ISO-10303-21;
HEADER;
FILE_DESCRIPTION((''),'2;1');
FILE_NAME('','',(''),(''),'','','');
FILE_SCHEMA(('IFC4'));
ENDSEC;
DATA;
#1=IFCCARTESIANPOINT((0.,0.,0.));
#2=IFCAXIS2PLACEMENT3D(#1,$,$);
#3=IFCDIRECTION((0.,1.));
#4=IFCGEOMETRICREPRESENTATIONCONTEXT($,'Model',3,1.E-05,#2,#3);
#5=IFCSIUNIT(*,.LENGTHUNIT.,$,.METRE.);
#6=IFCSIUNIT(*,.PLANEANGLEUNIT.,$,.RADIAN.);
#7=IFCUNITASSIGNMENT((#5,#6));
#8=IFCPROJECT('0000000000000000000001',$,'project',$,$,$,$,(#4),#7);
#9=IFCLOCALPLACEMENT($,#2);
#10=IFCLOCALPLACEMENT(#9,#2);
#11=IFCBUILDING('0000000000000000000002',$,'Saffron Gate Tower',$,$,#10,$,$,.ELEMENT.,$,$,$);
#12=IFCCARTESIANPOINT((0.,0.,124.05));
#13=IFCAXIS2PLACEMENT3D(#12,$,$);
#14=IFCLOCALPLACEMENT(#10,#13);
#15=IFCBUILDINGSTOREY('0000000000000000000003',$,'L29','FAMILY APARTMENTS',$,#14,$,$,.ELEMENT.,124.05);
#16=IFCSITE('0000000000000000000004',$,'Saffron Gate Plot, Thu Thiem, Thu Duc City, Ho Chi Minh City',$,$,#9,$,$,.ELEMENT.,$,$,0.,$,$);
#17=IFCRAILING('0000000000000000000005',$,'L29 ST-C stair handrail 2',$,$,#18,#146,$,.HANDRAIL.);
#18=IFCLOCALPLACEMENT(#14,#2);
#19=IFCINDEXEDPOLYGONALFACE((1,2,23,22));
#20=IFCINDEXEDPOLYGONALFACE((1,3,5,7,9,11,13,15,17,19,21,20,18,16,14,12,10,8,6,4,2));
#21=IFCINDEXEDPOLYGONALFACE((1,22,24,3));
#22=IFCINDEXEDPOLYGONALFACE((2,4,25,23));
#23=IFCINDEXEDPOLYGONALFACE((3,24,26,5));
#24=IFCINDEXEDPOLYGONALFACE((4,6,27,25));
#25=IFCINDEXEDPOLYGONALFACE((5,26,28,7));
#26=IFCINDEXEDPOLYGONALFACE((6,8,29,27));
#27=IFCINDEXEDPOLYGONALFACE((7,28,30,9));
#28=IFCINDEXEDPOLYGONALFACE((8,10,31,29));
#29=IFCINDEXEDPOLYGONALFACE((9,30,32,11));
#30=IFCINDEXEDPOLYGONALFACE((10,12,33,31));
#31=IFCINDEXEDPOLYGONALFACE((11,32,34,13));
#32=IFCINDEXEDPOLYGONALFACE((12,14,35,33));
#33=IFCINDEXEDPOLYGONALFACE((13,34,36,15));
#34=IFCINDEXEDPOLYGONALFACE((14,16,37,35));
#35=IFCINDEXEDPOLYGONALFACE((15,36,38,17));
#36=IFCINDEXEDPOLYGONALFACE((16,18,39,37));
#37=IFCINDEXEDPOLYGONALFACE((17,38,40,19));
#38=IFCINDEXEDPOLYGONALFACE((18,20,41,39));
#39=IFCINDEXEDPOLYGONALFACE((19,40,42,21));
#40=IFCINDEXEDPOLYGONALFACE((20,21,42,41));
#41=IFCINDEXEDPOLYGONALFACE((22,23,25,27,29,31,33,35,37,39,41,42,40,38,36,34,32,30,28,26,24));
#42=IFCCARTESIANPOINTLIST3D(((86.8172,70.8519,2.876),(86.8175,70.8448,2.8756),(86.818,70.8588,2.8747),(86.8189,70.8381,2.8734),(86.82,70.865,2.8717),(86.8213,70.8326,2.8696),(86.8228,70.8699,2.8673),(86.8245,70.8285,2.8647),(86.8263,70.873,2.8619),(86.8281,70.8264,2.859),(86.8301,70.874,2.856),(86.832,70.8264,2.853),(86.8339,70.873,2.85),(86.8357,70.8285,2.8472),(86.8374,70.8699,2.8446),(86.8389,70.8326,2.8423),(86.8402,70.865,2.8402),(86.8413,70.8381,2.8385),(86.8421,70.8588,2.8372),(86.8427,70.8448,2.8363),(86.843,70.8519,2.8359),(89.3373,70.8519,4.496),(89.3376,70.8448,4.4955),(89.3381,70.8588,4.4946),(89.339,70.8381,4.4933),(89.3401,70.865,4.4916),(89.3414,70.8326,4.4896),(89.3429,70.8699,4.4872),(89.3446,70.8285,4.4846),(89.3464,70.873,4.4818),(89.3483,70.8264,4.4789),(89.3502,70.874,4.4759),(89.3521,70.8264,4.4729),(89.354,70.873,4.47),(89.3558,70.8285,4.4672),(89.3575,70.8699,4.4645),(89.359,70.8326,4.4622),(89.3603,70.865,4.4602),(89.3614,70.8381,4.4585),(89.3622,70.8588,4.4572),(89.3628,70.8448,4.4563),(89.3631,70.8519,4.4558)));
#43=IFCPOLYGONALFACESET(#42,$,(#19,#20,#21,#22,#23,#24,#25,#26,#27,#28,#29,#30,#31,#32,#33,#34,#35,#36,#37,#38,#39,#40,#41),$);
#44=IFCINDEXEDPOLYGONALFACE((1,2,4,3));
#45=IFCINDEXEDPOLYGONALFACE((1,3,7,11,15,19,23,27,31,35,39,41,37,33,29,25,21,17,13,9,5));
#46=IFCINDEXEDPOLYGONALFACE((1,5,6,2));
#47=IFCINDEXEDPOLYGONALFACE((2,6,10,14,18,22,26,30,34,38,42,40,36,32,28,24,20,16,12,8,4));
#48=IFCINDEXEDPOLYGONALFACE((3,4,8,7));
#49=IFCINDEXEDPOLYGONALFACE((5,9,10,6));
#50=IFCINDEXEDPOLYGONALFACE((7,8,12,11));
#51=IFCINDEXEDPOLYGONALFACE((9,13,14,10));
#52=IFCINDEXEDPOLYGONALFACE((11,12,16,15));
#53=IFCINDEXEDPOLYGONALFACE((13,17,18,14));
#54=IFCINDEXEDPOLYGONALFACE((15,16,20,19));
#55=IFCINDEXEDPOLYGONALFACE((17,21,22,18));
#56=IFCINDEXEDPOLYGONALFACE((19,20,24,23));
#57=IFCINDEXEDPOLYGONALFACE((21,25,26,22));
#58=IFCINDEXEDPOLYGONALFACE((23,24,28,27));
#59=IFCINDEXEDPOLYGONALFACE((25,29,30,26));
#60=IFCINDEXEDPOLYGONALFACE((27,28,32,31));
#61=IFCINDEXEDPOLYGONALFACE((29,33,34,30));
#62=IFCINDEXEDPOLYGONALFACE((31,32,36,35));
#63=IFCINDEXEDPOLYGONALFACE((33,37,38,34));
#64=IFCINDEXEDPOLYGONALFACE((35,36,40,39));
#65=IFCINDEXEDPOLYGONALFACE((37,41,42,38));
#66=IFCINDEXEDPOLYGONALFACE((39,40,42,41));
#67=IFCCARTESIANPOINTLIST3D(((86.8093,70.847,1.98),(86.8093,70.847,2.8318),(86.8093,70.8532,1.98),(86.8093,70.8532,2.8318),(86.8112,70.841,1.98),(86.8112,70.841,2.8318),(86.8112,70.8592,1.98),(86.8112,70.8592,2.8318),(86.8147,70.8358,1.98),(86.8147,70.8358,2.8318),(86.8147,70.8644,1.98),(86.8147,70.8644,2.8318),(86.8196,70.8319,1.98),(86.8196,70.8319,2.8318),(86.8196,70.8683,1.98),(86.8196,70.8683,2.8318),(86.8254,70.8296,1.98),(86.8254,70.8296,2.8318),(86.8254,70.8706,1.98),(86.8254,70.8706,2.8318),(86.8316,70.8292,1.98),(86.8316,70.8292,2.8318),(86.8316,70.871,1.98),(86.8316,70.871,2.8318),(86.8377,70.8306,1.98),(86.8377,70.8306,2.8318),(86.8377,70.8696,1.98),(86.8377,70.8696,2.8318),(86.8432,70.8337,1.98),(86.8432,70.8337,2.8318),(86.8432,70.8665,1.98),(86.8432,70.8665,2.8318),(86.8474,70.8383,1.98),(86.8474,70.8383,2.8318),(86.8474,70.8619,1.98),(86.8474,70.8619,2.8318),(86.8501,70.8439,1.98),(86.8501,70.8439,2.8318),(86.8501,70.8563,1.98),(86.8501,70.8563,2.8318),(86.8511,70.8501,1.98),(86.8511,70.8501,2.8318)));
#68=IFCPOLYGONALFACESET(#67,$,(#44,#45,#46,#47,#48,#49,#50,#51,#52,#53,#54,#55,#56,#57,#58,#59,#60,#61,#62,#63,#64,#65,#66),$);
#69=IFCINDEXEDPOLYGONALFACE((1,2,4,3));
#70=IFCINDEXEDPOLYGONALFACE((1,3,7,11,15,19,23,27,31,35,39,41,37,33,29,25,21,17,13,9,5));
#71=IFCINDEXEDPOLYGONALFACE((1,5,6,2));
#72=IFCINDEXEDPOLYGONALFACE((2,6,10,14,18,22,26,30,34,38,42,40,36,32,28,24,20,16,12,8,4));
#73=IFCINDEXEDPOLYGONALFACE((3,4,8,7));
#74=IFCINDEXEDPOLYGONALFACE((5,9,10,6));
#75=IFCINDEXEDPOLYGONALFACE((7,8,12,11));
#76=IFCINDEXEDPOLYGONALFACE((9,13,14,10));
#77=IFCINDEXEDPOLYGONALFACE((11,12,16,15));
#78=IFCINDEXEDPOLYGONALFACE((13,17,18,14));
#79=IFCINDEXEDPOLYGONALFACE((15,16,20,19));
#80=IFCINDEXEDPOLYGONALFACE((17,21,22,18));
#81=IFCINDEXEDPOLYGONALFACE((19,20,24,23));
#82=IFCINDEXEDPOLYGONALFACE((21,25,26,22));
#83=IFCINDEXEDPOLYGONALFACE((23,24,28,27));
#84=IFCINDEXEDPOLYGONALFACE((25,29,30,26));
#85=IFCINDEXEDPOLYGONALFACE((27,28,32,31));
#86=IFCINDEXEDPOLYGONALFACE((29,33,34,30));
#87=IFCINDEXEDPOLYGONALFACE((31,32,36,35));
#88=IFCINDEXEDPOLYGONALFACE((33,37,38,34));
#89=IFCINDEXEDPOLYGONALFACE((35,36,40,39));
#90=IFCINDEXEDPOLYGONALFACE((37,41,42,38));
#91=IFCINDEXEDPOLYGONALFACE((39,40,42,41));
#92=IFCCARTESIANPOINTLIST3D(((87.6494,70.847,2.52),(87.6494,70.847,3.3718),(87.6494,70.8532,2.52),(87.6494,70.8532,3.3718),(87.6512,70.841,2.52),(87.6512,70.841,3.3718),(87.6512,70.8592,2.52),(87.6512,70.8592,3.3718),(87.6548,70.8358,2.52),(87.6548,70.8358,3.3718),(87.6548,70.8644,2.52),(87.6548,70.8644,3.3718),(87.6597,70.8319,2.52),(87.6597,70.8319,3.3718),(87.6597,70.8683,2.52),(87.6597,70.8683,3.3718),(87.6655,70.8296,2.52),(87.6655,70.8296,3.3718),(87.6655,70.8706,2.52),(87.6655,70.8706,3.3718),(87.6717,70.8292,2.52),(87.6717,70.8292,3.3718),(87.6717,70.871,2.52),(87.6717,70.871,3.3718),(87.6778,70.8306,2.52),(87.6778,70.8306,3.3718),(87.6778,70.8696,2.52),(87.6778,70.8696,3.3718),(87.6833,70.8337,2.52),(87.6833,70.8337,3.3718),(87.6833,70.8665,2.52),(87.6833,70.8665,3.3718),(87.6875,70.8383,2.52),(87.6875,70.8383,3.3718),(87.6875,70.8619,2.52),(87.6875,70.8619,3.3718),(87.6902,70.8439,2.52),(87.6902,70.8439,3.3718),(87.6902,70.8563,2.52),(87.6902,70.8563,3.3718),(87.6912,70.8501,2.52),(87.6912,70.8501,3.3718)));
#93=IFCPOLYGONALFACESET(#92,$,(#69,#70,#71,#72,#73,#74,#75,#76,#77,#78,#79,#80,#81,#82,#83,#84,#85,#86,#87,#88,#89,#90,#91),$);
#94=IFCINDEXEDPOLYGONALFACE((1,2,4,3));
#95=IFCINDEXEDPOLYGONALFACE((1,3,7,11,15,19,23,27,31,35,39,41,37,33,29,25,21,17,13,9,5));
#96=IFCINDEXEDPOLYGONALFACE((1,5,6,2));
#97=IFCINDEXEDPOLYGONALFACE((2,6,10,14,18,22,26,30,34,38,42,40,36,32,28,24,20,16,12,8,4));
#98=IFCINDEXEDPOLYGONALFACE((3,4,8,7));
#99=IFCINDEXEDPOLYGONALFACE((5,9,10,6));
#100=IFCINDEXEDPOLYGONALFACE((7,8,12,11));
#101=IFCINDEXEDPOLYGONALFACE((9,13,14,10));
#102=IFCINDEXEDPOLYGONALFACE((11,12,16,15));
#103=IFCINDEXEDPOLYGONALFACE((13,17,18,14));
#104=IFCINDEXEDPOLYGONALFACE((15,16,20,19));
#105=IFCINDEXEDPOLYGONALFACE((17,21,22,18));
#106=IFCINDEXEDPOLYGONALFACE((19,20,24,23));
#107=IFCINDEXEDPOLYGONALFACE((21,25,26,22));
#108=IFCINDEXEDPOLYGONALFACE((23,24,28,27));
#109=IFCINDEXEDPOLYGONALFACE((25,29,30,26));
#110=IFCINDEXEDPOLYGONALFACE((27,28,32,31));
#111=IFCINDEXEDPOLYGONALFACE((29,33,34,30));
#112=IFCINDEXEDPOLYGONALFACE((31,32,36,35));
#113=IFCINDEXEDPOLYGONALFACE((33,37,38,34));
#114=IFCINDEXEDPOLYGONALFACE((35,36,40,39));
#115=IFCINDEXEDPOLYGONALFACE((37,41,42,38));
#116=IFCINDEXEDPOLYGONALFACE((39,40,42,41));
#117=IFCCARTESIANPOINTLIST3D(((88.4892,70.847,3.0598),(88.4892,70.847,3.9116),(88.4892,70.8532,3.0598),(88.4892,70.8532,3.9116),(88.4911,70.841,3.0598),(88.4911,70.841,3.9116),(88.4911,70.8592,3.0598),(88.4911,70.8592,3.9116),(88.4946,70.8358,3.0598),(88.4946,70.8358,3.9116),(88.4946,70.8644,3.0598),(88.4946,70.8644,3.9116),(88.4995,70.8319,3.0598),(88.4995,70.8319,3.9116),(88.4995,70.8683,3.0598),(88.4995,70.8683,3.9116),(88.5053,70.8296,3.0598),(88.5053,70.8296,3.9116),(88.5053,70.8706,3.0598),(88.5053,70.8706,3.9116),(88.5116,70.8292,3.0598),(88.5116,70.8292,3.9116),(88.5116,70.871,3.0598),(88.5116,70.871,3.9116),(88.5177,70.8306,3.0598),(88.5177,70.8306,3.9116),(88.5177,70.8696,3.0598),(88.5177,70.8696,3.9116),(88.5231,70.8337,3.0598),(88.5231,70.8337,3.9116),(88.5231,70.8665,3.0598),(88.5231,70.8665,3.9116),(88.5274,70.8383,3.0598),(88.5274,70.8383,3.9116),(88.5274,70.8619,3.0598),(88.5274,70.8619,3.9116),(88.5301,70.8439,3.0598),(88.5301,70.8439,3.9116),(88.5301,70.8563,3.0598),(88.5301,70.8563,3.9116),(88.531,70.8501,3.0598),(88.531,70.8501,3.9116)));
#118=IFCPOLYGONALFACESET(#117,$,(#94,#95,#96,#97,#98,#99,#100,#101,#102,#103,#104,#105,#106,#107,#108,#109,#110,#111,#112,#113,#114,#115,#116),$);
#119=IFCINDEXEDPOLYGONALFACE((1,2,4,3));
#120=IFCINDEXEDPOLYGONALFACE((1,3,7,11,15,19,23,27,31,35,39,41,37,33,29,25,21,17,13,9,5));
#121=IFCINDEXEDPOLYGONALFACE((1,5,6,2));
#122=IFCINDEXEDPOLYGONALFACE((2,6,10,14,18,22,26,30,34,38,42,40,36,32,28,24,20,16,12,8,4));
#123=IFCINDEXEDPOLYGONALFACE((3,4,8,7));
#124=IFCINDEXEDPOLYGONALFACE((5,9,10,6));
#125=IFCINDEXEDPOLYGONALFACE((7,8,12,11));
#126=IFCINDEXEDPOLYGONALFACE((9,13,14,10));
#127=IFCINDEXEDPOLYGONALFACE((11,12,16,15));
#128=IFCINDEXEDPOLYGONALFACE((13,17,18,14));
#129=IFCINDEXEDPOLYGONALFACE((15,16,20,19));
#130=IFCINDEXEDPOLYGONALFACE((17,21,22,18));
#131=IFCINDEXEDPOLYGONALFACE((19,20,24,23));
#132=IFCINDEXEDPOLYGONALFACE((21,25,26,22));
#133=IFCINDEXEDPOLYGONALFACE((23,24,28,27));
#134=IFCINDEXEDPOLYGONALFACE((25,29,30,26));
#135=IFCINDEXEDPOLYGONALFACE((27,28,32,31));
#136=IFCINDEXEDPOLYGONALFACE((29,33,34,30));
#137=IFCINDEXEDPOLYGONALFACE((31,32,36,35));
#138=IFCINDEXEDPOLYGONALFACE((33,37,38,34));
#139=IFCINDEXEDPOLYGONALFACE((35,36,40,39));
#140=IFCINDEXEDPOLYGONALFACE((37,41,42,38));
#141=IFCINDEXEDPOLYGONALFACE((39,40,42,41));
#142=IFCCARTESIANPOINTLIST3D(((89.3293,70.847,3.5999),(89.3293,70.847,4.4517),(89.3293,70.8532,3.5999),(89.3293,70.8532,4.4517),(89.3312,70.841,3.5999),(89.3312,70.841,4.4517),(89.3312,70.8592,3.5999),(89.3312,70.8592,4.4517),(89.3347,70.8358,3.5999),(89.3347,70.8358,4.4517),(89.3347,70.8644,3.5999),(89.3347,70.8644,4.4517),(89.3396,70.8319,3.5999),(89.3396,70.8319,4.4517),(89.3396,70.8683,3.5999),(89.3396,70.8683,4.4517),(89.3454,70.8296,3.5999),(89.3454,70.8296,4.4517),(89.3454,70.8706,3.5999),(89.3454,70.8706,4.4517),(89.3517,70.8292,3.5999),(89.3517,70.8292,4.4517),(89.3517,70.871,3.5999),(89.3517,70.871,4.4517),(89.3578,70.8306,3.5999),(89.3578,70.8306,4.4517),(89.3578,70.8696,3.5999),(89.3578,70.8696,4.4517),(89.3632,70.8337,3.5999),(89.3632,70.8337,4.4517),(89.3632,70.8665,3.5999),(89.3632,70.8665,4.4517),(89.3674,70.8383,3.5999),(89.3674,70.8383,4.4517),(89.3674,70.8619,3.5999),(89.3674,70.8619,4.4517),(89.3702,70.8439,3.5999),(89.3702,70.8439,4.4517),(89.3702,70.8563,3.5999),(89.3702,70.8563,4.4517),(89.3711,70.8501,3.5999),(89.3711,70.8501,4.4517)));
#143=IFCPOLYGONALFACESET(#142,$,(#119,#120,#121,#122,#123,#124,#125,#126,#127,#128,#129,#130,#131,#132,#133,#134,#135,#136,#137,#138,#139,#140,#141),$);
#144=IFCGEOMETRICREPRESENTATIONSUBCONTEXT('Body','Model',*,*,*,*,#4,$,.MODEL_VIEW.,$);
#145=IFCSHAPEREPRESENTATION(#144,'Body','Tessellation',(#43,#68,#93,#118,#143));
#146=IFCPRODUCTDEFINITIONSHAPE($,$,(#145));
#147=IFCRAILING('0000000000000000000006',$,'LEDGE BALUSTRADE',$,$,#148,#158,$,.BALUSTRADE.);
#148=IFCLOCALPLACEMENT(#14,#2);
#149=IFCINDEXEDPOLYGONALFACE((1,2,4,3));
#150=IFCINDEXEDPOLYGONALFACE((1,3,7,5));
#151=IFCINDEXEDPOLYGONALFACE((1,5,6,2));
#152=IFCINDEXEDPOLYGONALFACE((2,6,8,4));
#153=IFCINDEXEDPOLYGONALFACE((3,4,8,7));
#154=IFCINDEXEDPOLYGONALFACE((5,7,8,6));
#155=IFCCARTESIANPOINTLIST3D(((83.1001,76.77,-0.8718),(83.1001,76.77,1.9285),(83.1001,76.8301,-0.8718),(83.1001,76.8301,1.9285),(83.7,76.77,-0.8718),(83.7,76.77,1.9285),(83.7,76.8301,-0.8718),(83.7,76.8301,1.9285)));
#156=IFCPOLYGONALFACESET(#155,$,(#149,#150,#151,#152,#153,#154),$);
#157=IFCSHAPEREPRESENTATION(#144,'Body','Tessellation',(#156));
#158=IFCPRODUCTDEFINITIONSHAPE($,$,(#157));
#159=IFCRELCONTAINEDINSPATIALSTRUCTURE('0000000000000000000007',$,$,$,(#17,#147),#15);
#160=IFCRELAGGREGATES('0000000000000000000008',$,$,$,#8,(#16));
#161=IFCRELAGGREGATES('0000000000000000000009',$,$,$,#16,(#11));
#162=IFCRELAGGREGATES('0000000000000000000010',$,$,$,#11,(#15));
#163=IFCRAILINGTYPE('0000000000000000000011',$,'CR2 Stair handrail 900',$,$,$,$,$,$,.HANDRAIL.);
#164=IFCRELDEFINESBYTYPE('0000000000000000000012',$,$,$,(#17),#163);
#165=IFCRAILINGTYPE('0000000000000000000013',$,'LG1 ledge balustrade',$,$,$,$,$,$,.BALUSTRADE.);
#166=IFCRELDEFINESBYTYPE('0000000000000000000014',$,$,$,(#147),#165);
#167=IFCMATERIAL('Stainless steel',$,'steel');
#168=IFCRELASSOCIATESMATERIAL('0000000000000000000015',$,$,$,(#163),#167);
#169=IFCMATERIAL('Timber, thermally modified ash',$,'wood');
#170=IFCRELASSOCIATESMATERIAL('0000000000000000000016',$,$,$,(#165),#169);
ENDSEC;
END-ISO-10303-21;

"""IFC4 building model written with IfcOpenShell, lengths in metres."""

from ifc_helpers import new_model, si_unit, direction, frame, origin, origin_2d, place, context, subcontext, project, spatial, rectangle, circle, extrude, material, type_object, element, save


model = new_model("IFC4")

# Units and contexts
model_context = context("Model", 3, precision=1e-05, world=origin(), true_north=direction((0.0, 1.0)))
body_context = subcontext(model_context, "Body", "Model", "MODEL_VIEW")
ifc_project = project(units=[si_unit("LENGTHUNIT", "METRE"), si_unit("PLANEANGLEUNIT", "RADIAN")], contexts=[model_context])

# Site, building, storey
site_placement = place(None, origin())
site = spatial("IfcSite", under=ifc_project, at=site_placement, Name="Saffron Gate Plot, Thu Thiem, Thu Duc City, Ho Chi Minh City", CompositionType="ELEMENT", RefElevation=0.0)
building_placement = place(site_placement, origin())
building = spatial("IfcBuilding", under=site, at=building_placement, Name="Saffron Gate Tower", CompositionType="ELEMENT")
storey_placement = place(building_placement, frame((0.0, 0.0, 124.05)))
storey = spatial("IfcBuildingStorey", under=building, at=storey_placement, Name="L29", Description="FAMILY APARTMENTS", CompositionType="ELEMENT", Elevation=124.05)

# Railings
ifc_material_1 = material(Name="Stainless steel", Category="steel")
railing_type_1 = type_object("IfcRailingType", Name="CR2 Stair handrail 900", PredefinedType="HANDRAIL", material=ifc_material_1)
railing_1_placement = place(storey_placement, frame((86.8301, 70.8501, 1.98)))
element("IfcRailing", 1, at=railing_1_placement, inside=storey, type_object=railing_type_1, Name="L29 ST-C stair handrail 2", PredefinedType="HANDRAIL", context=body_context, shape_type="SweptSolid", body=[
    extrude(circle(Radius=0.0239, at=origin_2d()), frame((0.0, 0.0, 0.876), z_axis=(0.8412, 0.0, 0.540725), x_axis=(0.0, 1.0, 0.0)), (0.0, 0.0, 1.0), 2.9958),
    extrude(circle(Radius=0.021, at=origin_2d()), origin(), (0.0, 0.0, 1.0), 0.8518),
    extrude(circle(Radius=0.021, at=origin_2d()), frame((0.8401, 0.0, 0.54)), (0.0, 0.0, 1.0), 0.8518),
    extrude(circle(Radius=0.021, at=origin_2d()), frame((1.6799, 0.0, 1.0798)), (0.0, 0.0, 1.0), 0.8518),
    extrude(circle(Radius=0.021, at=origin_2d()), frame((2.52, 0.0, 1.6199)), (0.0, 0.0, 1.0), 0.8518),
])
ifc_material_2 = material(Name="Timber, thermally modified ash", Category="wood")
railing_type_2 = type_object("IfcRailingType", Name="LG1 ledge balustrade", PredefinedType="BALUSTRADE", material=ifc_material_2)
railing_2_placement = place(storey_placement, frame((83.7, 76.8, -0.8718)))
element("IfcRailing", 2, at=railing_2_placement, inside=storey, type_object=railing_type_2, Name="LEDGE BALUSTRADE", PredefinedType="BALUSTRADE", context=body_context, shape_type="SweptSolid", body=[
    extrude(rectangle(XDim=0.0601, YDim=2.8003, at=origin_2d()), frame((0.0, 0.0, 1.4001), z_axis=(-1.0, 0.0, 0.0), x_axis=(0.0, -1.0, 0.0)), (0.0, 0.0, 1.0), 0.5999),
])

save(model, "model.ifc")
